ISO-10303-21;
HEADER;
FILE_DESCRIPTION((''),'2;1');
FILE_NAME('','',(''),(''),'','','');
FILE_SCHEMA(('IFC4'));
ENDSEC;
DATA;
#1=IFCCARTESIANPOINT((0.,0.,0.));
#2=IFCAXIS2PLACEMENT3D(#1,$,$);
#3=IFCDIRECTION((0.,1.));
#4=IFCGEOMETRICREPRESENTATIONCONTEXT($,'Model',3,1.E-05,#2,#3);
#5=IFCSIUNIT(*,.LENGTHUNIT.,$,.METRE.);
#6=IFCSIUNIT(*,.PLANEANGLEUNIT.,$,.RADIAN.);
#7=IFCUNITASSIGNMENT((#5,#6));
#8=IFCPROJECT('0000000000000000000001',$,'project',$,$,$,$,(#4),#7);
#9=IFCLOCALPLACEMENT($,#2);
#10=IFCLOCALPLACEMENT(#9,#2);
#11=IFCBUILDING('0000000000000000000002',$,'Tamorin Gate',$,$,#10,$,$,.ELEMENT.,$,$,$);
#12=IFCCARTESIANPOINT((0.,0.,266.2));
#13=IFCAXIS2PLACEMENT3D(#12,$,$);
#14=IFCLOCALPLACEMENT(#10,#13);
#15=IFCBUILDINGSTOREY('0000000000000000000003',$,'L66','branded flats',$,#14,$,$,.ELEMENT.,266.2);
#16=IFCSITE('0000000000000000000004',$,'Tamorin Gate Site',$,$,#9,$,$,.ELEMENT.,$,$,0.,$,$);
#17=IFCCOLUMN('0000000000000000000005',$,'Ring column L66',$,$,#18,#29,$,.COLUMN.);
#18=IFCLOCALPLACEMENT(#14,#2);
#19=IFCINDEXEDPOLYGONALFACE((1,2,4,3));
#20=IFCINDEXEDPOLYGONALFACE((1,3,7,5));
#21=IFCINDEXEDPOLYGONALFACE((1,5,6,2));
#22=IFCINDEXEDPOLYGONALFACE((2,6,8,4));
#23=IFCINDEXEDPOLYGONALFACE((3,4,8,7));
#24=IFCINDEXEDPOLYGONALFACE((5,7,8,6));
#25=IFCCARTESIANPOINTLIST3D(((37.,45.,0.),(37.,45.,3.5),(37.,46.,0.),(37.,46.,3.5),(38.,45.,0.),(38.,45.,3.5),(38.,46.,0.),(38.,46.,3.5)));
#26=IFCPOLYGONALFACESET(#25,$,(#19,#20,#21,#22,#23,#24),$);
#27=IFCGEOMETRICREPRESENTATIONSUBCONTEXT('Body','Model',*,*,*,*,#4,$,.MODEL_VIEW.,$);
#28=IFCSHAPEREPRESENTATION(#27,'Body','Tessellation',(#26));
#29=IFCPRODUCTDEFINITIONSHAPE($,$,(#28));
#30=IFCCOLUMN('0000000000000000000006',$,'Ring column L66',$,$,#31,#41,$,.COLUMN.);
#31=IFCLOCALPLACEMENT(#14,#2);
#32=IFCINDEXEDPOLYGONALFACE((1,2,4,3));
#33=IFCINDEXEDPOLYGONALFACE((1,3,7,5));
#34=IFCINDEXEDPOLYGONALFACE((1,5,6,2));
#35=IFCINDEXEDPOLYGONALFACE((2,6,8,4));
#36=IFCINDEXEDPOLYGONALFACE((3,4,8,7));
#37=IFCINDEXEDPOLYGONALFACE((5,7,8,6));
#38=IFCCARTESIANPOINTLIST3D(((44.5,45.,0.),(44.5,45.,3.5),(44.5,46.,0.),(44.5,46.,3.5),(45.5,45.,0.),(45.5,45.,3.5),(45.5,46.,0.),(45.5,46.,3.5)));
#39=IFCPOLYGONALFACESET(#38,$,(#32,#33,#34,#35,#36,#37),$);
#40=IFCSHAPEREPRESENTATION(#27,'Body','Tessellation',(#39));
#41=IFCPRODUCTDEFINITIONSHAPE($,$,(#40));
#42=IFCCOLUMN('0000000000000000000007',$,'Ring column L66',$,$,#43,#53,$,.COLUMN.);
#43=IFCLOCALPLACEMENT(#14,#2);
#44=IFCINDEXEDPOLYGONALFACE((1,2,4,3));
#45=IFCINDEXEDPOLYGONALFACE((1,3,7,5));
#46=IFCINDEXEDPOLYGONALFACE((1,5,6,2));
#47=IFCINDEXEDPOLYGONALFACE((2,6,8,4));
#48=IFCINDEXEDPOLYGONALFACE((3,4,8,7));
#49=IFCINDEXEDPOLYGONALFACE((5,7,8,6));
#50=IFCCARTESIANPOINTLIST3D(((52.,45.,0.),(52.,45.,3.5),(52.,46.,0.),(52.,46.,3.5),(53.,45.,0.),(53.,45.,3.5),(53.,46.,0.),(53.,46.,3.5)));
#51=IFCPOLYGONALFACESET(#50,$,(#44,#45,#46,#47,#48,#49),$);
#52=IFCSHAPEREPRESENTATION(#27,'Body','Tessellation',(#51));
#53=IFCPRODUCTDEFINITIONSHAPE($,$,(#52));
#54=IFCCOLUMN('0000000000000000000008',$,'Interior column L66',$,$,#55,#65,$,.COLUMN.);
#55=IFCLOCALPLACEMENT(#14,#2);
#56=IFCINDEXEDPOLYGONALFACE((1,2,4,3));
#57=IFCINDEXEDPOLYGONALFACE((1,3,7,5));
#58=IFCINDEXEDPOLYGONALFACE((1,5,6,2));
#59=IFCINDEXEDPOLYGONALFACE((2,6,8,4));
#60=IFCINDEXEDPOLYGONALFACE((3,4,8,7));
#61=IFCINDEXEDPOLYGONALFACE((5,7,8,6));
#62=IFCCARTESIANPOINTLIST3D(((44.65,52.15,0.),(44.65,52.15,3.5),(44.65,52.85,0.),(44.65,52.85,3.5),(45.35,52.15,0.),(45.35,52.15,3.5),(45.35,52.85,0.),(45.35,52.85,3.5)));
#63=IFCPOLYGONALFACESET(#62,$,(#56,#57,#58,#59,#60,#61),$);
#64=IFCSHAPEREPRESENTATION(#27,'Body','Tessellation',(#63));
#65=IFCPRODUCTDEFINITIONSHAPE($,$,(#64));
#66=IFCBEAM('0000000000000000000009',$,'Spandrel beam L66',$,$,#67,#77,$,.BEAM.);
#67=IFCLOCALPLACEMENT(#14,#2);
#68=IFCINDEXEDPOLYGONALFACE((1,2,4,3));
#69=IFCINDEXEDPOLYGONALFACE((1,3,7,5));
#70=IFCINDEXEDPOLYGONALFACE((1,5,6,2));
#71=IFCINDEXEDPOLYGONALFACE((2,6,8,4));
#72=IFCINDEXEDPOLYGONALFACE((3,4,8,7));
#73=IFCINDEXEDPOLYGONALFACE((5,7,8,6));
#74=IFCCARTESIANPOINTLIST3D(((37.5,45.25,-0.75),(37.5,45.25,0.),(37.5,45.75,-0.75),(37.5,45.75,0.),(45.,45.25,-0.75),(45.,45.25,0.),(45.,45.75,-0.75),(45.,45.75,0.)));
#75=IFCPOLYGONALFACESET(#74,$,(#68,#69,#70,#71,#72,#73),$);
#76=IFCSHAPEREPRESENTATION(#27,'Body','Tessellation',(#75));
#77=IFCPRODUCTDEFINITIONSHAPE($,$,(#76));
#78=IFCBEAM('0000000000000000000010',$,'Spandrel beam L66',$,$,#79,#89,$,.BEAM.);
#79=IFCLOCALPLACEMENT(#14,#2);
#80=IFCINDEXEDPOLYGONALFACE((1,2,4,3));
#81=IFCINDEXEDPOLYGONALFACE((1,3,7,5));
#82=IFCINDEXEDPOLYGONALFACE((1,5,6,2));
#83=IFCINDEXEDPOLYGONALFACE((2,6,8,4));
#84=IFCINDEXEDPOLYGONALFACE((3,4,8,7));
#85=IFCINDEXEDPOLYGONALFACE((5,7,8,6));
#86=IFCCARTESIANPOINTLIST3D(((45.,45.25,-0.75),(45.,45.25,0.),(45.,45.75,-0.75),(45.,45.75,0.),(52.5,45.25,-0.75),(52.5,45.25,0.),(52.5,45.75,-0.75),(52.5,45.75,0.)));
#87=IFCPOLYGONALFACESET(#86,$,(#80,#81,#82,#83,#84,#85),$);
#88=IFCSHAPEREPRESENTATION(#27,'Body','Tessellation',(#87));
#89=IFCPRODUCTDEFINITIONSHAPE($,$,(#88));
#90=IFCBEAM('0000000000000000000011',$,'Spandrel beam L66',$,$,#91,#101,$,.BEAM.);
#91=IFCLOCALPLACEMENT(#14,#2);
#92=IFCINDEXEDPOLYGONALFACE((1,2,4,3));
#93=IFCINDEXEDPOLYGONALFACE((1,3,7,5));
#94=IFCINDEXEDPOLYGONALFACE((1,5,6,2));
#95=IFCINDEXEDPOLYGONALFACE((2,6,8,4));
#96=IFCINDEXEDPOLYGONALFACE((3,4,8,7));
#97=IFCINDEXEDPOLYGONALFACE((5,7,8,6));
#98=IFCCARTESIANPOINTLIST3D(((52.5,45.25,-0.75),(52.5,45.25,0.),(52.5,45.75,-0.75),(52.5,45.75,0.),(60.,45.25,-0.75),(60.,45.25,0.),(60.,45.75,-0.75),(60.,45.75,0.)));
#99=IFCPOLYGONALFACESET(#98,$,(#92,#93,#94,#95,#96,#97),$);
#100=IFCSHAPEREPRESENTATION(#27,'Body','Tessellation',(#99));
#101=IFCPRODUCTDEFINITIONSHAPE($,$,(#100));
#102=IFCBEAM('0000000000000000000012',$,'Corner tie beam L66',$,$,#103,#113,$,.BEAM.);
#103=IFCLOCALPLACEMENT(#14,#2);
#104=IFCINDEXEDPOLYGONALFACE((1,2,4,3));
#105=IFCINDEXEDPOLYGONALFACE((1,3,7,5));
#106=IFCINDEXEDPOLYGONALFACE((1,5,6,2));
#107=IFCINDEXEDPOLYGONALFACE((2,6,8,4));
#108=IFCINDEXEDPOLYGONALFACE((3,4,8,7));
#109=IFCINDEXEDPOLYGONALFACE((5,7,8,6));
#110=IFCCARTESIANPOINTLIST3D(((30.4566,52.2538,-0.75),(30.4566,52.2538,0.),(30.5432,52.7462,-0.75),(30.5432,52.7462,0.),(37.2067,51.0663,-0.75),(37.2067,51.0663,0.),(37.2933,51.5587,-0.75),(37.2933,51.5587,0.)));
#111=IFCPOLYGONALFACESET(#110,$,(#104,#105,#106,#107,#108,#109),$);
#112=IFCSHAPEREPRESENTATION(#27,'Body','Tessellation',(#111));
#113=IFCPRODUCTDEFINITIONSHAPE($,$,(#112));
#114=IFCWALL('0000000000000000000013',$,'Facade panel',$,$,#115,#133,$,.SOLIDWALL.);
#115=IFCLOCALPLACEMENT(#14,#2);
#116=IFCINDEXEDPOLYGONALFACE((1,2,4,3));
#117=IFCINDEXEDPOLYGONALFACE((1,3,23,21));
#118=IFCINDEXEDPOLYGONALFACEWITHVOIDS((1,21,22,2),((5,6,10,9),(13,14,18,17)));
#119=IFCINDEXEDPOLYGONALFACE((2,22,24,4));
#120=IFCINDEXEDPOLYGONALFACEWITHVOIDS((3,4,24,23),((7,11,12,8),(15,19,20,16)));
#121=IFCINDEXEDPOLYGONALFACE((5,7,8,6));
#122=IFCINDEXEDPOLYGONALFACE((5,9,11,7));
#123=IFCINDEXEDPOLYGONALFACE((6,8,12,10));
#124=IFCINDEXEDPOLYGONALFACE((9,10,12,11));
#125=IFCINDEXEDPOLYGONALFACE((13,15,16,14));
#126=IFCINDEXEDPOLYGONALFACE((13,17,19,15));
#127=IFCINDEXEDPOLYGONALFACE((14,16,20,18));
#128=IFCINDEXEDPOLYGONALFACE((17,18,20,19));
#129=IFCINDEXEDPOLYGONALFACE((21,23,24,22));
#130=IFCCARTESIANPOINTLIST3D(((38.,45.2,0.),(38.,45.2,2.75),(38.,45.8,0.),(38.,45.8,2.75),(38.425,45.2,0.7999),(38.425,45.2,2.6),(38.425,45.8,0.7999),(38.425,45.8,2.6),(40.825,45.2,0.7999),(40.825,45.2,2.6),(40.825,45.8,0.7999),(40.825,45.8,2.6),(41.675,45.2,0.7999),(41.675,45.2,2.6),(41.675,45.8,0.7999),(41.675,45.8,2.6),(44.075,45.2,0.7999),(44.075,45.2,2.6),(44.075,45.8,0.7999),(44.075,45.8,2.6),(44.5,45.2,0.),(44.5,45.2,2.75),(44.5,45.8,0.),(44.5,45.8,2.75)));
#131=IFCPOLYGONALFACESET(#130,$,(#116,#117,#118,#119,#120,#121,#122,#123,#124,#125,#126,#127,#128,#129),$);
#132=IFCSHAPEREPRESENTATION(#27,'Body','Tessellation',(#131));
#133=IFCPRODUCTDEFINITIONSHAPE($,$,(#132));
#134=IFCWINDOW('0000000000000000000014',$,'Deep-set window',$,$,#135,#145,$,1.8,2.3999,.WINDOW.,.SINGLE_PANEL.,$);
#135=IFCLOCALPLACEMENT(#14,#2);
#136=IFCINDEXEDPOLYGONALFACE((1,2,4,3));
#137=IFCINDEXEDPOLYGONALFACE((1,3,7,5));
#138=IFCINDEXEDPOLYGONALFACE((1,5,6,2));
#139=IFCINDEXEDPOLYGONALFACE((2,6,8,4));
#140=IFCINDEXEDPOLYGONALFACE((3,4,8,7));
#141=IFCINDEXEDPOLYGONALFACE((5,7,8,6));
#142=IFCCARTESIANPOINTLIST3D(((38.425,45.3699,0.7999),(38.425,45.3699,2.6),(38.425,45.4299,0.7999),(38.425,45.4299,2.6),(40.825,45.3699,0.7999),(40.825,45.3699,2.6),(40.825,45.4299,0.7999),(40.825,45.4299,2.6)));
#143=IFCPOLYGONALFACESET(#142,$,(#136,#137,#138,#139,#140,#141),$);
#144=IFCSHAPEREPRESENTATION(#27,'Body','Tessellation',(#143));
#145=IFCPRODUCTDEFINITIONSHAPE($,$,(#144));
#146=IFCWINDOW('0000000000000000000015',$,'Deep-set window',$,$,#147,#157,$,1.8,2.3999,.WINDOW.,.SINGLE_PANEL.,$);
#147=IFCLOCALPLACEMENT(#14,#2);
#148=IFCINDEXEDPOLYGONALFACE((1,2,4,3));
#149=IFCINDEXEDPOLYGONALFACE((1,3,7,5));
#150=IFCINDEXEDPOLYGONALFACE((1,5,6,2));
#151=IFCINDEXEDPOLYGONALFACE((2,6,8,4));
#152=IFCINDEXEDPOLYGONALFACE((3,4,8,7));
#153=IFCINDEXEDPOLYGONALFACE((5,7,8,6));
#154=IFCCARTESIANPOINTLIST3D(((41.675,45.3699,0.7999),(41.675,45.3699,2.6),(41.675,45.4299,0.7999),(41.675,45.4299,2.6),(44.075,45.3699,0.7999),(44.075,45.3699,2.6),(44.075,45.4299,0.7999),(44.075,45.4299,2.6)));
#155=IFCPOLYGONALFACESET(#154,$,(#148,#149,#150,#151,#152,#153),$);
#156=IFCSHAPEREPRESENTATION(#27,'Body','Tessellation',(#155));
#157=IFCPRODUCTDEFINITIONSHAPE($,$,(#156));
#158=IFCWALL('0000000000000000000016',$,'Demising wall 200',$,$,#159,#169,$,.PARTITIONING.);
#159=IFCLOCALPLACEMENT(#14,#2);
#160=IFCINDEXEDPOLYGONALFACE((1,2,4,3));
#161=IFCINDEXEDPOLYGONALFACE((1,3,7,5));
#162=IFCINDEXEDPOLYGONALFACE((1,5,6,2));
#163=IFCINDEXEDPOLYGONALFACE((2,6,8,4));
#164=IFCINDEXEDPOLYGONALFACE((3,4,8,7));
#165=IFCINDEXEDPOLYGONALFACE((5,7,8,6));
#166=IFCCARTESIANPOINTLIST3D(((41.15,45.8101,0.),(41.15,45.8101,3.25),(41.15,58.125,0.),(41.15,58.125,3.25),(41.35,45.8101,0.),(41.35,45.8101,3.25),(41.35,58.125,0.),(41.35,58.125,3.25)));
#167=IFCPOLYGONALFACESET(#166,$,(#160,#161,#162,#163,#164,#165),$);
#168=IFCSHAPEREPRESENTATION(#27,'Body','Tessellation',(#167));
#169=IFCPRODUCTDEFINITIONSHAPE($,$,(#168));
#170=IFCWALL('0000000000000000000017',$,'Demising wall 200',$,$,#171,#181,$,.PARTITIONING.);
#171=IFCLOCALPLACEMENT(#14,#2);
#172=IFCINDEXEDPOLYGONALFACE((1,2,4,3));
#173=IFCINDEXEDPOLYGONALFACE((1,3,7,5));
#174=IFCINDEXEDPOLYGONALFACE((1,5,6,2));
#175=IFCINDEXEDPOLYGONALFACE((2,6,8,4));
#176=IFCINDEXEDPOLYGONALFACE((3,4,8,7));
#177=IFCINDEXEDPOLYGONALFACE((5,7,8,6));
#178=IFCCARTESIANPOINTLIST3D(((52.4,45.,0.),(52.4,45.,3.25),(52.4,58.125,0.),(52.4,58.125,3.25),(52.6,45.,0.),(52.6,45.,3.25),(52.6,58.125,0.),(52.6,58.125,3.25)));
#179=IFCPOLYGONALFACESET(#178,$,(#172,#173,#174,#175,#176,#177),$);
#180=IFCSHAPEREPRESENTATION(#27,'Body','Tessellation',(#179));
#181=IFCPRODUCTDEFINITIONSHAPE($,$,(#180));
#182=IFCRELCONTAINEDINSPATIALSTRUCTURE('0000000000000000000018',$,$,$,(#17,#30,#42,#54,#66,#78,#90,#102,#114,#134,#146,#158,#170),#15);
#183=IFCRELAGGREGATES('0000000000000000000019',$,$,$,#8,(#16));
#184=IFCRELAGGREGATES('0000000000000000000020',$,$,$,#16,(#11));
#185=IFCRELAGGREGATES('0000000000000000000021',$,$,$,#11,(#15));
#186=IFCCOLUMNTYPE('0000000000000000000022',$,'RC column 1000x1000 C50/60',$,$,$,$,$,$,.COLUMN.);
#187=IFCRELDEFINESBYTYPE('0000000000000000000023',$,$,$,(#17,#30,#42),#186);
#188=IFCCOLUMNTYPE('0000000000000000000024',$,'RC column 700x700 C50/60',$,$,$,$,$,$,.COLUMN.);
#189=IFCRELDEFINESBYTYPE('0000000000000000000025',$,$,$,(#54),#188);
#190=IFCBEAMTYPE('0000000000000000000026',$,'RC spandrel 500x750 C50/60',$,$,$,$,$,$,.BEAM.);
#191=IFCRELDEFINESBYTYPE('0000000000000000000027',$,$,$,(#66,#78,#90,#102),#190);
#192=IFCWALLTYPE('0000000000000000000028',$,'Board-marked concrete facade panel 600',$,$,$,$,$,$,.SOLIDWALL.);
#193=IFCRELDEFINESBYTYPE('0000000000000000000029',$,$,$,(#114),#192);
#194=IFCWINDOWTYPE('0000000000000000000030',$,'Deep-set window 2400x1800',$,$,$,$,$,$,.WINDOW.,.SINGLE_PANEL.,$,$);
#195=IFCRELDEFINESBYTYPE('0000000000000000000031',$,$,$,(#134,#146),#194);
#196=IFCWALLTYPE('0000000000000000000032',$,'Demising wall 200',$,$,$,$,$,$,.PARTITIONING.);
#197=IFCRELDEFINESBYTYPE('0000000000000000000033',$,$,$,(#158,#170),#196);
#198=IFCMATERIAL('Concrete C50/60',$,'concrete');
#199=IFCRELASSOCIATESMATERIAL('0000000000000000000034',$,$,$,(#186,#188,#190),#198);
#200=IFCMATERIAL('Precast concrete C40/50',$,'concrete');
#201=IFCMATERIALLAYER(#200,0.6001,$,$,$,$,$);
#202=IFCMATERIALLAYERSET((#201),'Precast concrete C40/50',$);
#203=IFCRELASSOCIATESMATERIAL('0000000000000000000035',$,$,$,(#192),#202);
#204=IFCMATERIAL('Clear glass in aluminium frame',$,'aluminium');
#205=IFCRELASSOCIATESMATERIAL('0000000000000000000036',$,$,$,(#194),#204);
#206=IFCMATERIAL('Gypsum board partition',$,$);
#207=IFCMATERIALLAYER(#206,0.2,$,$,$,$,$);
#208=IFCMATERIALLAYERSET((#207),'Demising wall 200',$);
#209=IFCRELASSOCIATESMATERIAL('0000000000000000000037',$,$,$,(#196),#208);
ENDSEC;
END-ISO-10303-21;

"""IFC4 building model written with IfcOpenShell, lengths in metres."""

from ifc_helpers import new_model, si_unit, direction, frame, frame_2d, origin, origin_2d, place, context, subcontext, project, spatial, rectangle, extrude, material, layer, layer_set, material_profile, profile_set, type_object, element, fill, save


model = new_model("IFC4")

# Units and contexts
model_context = context("Model", 3, precision=1e-05, world=origin(), true_north=direction((0.0, 1.0)))
body_context = subcontext(model_context, "Body", "Model", "MODEL_VIEW")
ifc_project = project(units=[si_unit("LENGTHUNIT", "METRE"), si_unit("PLANEANGLEUNIT", "RADIAN")], contexts=[model_context])

# Site, building, storey
site_placement = place(None, origin())
site = spatial("IfcSite", under=ifc_project, at=site_placement, Name="Tamorin Gate Site", CompositionType="ELEMENT", RefElevation=0.0)
building_placement = place(site_placement, origin())
building = spatial("IfcBuilding", under=site, at=building_placement, Name="Tamorin Gate", CompositionType="ELEMENT")
storey_placement = place(building_placement, frame((0.0, 0.0, 266.2)))
storey = spatial("IfcBuildingStorey", under=building, at=storey_placement, Name="L66", Description="branded flats", CompositionType="ELEMENT", Elevation=266.2)

# Columns
ifc_material_1 = material(Name="Concrete C50/60", Category="concrete")
ifc_material_profile_1 = material_profile(ifc_material_1, rectangle(XDim=1.0, YDim=1.0, at=origin_2d()), Name="RC 1000x1000")
ifc_profile_set_1 = profile_set([ifc_material_profile_1], Name="Concrete C50/60")
column_type_1 = type_object("IfcColumnType", Name="RC column 1000x1000 C50/60", PredefinedType="COLUMN", material=ifc_profile_set_1)
for number, where, z_axis, x_axis, name in (
    (1, (37.5, 45.5, 0.0), (0.0, 0.0, 1.0), (1.0, 0.0, 0.0), "Ring column L66"),
    (2, (45.0, 45.5, 0.0), (0.0, 0.0, 1.0), (1.0, 0.0, 0.0), "Ring column L66"),
    (3, (52.5, 45.5, 0.0), (0.0, 0.0, 1.0), (1.0, 0.0, 0.0), "Ring column L66"),
):
    element("IfcColumn", number, at=place(storey_placement, frame(where, z_axis=z_axis, x_axis=x_axis)), inside=storey, type_object=column_type_1, Name=name, PredefinedType="COLUMN", context=body_context, shape_type="SweptSolid", body=[
        extrude(rectangle(XDim=1.0, YDim=1.0, at=origin_2d()), origin(), (0.0, 0.0, 1.0), 3.5),
    ])
ifc_material_profile_2 = material_profile(ifc_material_1, rectangle(XDim=0.7, YDim=0.7, at=origin_2d()), Name="RC 700x700")
ifc_profile_set_2 = profile_set([ifc_material_profile_2], Name="Concrete C50/60")
column_type_2 = type_object("IfcColumnType", Name="RC column 700x700 C50/60", PredefinedType="COLUMN", material=ifc_profile_set_2)
column_placement = place(storey_placement, frame((45.0, 52.5, 0.0), z_axis=(0.0, 0.0, 1.0), x_axis=(1.0, 0.0, 0.0)))
element("IfcColumn", 4, at=column_placement, inside=storey, type_object=column_type_2, Name="Interior column L66", PredefinedType="COLUMN", context=body_context, shape_type="SweptSolid", body=[
    extrude(rectangle(XDim=0.7, YDim=0.7, at=origin_2d()), origin(), (0.0, 0.0, 1.0), 3.5),
])

# Beams
ifc_material_profile_3 = material_profile(ifc_material_1, rectangle(XDim=0.5, YDim=0.75, at=origin_2d()), Name="RC 500x750")
ifc_profile_set_3 = profile_set([ifc_material_profile_3], Name="Concrete C50/60")
beam_type = type_object("IfcBeamType", Name="RC spandrel 500x750 C50/60", PredefinedType="BEAM", material=ifc_profile_set_3)
for number, where, z_axis, x_axis, name in (
    (5, (37.5, 45.5, -0.375), (1.0, 0.0, 0.0), (0.0, 1.0, 0.0), "Spandrel beam L66"),
    (6, (45.0, 45.5, -0.375), (1.0, 0.0, 0.0), (0.0, 1.0, 0.0), "Spandrel beam L66"),
    (7, (52.5, 45.5, -0.375), (1.0, 0.0, 0.0), (0.0, 1.0, 0.0), "Spandrel beam L66"),
):
    element("IfcBeam", number, at=place(storey_placement, frame(where, z_axis=z_axis, x_axis=x_axis)), inside=storey, type_object=beam_type, Name=name, PredefinedType="BEAM", context=body_context, shape_type="SweptSolid", body=[
        extrude(rectangle(XDim=0.5, YDim=0.75, at=origin_2d()), origin(), (0.0, 0.0, 1.0), 7.5),
    ])
beam_placement = place(storey_placement, frame((37.25, 51.3125, -0.375), z_axis=(-0.984875, 0.173265, 0.0), x_axis=(-0.173265, -0.984875, 0.0)))
element("IfcBeam", 8, at=beam_placement, inside=storey, type_object=beam_type, Name="Corner tie beam L66", PredefinedType="BEAM", context=body_context, shape_type="SweptSolid", body=[
    extrude(rectangle(XDim=0.5, YDim=0.75, at=origin_2d()), origin(), (0.0, 0.0, 1.0), 6.8538),
])

# Wall, openings, windows
ifc_material_2 = material(Name="Precast concrete C40/50", Category="concrete")
ifc_layer_1 = layer(ifc_material_2, 0.6001)
ifc_layer_set_1 = layer_set([ifc_layer_1], Name="Precast concrete C40/50")
wall_type_1 = type_object("IfcWallType", Name="Board-marked concrete facade panel 600", PredefinedType="SOLIDWALL", material=ifc_layer_set_1)
wall_1_placement = place(storey_placement, frame((38.0, 45.5, 0.0), z_axis=(0.0, 0.0, 1.0), x_axis=(1.0, 0.0, 0.0)))
wall_1 = element("IfcWall", 9, at=wall_1_placement, inside=storey, type_object=wall_type_1, Name="Facade panel", PredefinedType="SOLIDWALL", context=body_context, shape_type="SweptSolid", body=[
    extrude(rectangle(XDim=6.5, YDim=0.6001, at=frame_2d((3.25, 0.0))), origin(), (0.0, 0.0, 1.0), 2.75),
])
opening_1_placement = place(wall_1_placement, frame((0.425, 0.0, 0.8)))
opening_1 = element("IfcOpeningElement", 10, at=opening_1_placement, cuts=wall_1, PredefinedType="OPENING", context=body_context, shape_type="SweptSolid", body=[
    extrude(rectangle(XDim=2.3999, YDim=1.8, at=frame_2d((1.2, 0.8999))), frame((0.0, 0.3101, 0.0), z_axis=(0.0, -1.0, 0.0), x_axis=(1.0, 0.0, 0.0)), (0.0, 0.0, 1.0), 0.6201),
])
opening_2_placement = place(wall_1_placement, frame((3.675, 0.0, 0.8)))
opening_2 = element("IfcOpeningElement", 11, at=opening_2_placement, cuts=wall_1, PredefinedType="OPENING", context=body_context, shape_type="SweptSolid", body=[
    extrude(rectangle(XDim=2.3999, YDim=1.8, at=frame_2d((1.2, 0.8999))), frame((0.0, 0.3101, 0.0), z_axis=(0.0, -1.0, 0.0), x_axis=(1.0, 0.0, 0.0)), (0.0, 0.0, 1.0), 0.6201),
])
ifc_material_3 = material(Name="Clear glass in aluminium frame", Category="aluminium")
window_type = type_object("IfcWindowType", Name="Deep-set window 2400x1800", PartitioningType="SINGLE_PANEL", PredefinedType="WINDOW", material=ifc_material_3)
window_1_placement = place(opening_1_placement, origin())
window_1 = element("IfcWindow", 12, at=window_1_placement, inside=storey, type_object=window_type, Name="Deep-set window", OverallHeight=1.8, OverallWidth=2.3999, PartitioningType="SINGLE_PANEL", PredefinedType="WINDOW", context=body_context, shape_type="SweptSolid", body=[
    extrude(rectangle(XDim=2.3999, YDim=1.8, at=frame_2d((1.2, 0.8999))), frame((0.0, -0.0701, 0.0), z_axis=(0.0, -1.0, 0.0), x_axis=(1.0, 0.0, 0.0)), (0.0, 0.0, 1.0), 0.0601),
])
fill(opening_1, window_1)
window_2_placement = place(opening_2_placement, origin())
window_2 = element("IfcWindow", 13, at=window_2_placement, inside=storey, type_object=window_type, Name="Deep-set window", OverallHeight=1.8, OverallWidth=2.3999, PartitioningType="SINGLE_PANEL", PredefinedType="WINDOW", context=body_context, shape_type="SweptSolid", body=[
    extrude(rectangle(XDim=2.3999, YDim=1.8, at=frame_2d((1.2, 0.8999))), frame((0.0, -0.0701, 0.0), z_axis=(0.0, -1.0, 0.0), x_axis=(1.0, 0.0, 0.0)), (0.0, 0.0, 1.0), 0.0601),
])
fill(opening_2, window_2)

# Walls
ifc_material_4 = material(Name="Gypsum board partition")
ifc_layer_2 = layer(ifc_material_4, 0.2)
ifc_layer_set_2 = layer_set([ifc_layer_2], Name="Demising wall 200")
wall_type_2 = type_object("IfcWallType", Name="Demising wall 200", PredefinedType="PARTITIONING", material=ifc_layer_set_2)
wall_2_placement = place(storey_placement, frame((41.25, 45.8101, 0.0), z_axis=(0.0, 0.0, 1.0), x_axis=(0.0, 1.0, 0.0)))
element("IfcWall", 14, at=wall_2_placement, inside=storey, type_object=wall_type_2, Name="Demising wall 200", PredefinedType="PARTITIONING", context=body_context, shape_type="SweptSolid", body=[
    extrude(rectangle(XDim=12.3149, YDim=0.2, at=frame_2d((6.1575, 0.0))), origin(), (0.0, 0.0, 1.0), 3.25),
])
wall_3_placement = place(storey_placement, frame((52.5, 45.0, 0.0), z_axis=(0.0, 0.0, 1.0), x_axis=(0.0, 1.0, 0.0)))
element("IfcWall", 15, at=wall_3_placement, inside=storey, type_object=wall_type_2, Name="Demising wall 200", PredefinedType="PARTITIONING", context=body_context, shape_type="SweptSolid", body=[
    extrude(rectangle(XDim=13.125, YDim=0.2, at=frame_2d((6.5625, 0.0))), origin(), (0.0, 0.0, 1.0), 3.25),
])

save(model, "model.ifc")
